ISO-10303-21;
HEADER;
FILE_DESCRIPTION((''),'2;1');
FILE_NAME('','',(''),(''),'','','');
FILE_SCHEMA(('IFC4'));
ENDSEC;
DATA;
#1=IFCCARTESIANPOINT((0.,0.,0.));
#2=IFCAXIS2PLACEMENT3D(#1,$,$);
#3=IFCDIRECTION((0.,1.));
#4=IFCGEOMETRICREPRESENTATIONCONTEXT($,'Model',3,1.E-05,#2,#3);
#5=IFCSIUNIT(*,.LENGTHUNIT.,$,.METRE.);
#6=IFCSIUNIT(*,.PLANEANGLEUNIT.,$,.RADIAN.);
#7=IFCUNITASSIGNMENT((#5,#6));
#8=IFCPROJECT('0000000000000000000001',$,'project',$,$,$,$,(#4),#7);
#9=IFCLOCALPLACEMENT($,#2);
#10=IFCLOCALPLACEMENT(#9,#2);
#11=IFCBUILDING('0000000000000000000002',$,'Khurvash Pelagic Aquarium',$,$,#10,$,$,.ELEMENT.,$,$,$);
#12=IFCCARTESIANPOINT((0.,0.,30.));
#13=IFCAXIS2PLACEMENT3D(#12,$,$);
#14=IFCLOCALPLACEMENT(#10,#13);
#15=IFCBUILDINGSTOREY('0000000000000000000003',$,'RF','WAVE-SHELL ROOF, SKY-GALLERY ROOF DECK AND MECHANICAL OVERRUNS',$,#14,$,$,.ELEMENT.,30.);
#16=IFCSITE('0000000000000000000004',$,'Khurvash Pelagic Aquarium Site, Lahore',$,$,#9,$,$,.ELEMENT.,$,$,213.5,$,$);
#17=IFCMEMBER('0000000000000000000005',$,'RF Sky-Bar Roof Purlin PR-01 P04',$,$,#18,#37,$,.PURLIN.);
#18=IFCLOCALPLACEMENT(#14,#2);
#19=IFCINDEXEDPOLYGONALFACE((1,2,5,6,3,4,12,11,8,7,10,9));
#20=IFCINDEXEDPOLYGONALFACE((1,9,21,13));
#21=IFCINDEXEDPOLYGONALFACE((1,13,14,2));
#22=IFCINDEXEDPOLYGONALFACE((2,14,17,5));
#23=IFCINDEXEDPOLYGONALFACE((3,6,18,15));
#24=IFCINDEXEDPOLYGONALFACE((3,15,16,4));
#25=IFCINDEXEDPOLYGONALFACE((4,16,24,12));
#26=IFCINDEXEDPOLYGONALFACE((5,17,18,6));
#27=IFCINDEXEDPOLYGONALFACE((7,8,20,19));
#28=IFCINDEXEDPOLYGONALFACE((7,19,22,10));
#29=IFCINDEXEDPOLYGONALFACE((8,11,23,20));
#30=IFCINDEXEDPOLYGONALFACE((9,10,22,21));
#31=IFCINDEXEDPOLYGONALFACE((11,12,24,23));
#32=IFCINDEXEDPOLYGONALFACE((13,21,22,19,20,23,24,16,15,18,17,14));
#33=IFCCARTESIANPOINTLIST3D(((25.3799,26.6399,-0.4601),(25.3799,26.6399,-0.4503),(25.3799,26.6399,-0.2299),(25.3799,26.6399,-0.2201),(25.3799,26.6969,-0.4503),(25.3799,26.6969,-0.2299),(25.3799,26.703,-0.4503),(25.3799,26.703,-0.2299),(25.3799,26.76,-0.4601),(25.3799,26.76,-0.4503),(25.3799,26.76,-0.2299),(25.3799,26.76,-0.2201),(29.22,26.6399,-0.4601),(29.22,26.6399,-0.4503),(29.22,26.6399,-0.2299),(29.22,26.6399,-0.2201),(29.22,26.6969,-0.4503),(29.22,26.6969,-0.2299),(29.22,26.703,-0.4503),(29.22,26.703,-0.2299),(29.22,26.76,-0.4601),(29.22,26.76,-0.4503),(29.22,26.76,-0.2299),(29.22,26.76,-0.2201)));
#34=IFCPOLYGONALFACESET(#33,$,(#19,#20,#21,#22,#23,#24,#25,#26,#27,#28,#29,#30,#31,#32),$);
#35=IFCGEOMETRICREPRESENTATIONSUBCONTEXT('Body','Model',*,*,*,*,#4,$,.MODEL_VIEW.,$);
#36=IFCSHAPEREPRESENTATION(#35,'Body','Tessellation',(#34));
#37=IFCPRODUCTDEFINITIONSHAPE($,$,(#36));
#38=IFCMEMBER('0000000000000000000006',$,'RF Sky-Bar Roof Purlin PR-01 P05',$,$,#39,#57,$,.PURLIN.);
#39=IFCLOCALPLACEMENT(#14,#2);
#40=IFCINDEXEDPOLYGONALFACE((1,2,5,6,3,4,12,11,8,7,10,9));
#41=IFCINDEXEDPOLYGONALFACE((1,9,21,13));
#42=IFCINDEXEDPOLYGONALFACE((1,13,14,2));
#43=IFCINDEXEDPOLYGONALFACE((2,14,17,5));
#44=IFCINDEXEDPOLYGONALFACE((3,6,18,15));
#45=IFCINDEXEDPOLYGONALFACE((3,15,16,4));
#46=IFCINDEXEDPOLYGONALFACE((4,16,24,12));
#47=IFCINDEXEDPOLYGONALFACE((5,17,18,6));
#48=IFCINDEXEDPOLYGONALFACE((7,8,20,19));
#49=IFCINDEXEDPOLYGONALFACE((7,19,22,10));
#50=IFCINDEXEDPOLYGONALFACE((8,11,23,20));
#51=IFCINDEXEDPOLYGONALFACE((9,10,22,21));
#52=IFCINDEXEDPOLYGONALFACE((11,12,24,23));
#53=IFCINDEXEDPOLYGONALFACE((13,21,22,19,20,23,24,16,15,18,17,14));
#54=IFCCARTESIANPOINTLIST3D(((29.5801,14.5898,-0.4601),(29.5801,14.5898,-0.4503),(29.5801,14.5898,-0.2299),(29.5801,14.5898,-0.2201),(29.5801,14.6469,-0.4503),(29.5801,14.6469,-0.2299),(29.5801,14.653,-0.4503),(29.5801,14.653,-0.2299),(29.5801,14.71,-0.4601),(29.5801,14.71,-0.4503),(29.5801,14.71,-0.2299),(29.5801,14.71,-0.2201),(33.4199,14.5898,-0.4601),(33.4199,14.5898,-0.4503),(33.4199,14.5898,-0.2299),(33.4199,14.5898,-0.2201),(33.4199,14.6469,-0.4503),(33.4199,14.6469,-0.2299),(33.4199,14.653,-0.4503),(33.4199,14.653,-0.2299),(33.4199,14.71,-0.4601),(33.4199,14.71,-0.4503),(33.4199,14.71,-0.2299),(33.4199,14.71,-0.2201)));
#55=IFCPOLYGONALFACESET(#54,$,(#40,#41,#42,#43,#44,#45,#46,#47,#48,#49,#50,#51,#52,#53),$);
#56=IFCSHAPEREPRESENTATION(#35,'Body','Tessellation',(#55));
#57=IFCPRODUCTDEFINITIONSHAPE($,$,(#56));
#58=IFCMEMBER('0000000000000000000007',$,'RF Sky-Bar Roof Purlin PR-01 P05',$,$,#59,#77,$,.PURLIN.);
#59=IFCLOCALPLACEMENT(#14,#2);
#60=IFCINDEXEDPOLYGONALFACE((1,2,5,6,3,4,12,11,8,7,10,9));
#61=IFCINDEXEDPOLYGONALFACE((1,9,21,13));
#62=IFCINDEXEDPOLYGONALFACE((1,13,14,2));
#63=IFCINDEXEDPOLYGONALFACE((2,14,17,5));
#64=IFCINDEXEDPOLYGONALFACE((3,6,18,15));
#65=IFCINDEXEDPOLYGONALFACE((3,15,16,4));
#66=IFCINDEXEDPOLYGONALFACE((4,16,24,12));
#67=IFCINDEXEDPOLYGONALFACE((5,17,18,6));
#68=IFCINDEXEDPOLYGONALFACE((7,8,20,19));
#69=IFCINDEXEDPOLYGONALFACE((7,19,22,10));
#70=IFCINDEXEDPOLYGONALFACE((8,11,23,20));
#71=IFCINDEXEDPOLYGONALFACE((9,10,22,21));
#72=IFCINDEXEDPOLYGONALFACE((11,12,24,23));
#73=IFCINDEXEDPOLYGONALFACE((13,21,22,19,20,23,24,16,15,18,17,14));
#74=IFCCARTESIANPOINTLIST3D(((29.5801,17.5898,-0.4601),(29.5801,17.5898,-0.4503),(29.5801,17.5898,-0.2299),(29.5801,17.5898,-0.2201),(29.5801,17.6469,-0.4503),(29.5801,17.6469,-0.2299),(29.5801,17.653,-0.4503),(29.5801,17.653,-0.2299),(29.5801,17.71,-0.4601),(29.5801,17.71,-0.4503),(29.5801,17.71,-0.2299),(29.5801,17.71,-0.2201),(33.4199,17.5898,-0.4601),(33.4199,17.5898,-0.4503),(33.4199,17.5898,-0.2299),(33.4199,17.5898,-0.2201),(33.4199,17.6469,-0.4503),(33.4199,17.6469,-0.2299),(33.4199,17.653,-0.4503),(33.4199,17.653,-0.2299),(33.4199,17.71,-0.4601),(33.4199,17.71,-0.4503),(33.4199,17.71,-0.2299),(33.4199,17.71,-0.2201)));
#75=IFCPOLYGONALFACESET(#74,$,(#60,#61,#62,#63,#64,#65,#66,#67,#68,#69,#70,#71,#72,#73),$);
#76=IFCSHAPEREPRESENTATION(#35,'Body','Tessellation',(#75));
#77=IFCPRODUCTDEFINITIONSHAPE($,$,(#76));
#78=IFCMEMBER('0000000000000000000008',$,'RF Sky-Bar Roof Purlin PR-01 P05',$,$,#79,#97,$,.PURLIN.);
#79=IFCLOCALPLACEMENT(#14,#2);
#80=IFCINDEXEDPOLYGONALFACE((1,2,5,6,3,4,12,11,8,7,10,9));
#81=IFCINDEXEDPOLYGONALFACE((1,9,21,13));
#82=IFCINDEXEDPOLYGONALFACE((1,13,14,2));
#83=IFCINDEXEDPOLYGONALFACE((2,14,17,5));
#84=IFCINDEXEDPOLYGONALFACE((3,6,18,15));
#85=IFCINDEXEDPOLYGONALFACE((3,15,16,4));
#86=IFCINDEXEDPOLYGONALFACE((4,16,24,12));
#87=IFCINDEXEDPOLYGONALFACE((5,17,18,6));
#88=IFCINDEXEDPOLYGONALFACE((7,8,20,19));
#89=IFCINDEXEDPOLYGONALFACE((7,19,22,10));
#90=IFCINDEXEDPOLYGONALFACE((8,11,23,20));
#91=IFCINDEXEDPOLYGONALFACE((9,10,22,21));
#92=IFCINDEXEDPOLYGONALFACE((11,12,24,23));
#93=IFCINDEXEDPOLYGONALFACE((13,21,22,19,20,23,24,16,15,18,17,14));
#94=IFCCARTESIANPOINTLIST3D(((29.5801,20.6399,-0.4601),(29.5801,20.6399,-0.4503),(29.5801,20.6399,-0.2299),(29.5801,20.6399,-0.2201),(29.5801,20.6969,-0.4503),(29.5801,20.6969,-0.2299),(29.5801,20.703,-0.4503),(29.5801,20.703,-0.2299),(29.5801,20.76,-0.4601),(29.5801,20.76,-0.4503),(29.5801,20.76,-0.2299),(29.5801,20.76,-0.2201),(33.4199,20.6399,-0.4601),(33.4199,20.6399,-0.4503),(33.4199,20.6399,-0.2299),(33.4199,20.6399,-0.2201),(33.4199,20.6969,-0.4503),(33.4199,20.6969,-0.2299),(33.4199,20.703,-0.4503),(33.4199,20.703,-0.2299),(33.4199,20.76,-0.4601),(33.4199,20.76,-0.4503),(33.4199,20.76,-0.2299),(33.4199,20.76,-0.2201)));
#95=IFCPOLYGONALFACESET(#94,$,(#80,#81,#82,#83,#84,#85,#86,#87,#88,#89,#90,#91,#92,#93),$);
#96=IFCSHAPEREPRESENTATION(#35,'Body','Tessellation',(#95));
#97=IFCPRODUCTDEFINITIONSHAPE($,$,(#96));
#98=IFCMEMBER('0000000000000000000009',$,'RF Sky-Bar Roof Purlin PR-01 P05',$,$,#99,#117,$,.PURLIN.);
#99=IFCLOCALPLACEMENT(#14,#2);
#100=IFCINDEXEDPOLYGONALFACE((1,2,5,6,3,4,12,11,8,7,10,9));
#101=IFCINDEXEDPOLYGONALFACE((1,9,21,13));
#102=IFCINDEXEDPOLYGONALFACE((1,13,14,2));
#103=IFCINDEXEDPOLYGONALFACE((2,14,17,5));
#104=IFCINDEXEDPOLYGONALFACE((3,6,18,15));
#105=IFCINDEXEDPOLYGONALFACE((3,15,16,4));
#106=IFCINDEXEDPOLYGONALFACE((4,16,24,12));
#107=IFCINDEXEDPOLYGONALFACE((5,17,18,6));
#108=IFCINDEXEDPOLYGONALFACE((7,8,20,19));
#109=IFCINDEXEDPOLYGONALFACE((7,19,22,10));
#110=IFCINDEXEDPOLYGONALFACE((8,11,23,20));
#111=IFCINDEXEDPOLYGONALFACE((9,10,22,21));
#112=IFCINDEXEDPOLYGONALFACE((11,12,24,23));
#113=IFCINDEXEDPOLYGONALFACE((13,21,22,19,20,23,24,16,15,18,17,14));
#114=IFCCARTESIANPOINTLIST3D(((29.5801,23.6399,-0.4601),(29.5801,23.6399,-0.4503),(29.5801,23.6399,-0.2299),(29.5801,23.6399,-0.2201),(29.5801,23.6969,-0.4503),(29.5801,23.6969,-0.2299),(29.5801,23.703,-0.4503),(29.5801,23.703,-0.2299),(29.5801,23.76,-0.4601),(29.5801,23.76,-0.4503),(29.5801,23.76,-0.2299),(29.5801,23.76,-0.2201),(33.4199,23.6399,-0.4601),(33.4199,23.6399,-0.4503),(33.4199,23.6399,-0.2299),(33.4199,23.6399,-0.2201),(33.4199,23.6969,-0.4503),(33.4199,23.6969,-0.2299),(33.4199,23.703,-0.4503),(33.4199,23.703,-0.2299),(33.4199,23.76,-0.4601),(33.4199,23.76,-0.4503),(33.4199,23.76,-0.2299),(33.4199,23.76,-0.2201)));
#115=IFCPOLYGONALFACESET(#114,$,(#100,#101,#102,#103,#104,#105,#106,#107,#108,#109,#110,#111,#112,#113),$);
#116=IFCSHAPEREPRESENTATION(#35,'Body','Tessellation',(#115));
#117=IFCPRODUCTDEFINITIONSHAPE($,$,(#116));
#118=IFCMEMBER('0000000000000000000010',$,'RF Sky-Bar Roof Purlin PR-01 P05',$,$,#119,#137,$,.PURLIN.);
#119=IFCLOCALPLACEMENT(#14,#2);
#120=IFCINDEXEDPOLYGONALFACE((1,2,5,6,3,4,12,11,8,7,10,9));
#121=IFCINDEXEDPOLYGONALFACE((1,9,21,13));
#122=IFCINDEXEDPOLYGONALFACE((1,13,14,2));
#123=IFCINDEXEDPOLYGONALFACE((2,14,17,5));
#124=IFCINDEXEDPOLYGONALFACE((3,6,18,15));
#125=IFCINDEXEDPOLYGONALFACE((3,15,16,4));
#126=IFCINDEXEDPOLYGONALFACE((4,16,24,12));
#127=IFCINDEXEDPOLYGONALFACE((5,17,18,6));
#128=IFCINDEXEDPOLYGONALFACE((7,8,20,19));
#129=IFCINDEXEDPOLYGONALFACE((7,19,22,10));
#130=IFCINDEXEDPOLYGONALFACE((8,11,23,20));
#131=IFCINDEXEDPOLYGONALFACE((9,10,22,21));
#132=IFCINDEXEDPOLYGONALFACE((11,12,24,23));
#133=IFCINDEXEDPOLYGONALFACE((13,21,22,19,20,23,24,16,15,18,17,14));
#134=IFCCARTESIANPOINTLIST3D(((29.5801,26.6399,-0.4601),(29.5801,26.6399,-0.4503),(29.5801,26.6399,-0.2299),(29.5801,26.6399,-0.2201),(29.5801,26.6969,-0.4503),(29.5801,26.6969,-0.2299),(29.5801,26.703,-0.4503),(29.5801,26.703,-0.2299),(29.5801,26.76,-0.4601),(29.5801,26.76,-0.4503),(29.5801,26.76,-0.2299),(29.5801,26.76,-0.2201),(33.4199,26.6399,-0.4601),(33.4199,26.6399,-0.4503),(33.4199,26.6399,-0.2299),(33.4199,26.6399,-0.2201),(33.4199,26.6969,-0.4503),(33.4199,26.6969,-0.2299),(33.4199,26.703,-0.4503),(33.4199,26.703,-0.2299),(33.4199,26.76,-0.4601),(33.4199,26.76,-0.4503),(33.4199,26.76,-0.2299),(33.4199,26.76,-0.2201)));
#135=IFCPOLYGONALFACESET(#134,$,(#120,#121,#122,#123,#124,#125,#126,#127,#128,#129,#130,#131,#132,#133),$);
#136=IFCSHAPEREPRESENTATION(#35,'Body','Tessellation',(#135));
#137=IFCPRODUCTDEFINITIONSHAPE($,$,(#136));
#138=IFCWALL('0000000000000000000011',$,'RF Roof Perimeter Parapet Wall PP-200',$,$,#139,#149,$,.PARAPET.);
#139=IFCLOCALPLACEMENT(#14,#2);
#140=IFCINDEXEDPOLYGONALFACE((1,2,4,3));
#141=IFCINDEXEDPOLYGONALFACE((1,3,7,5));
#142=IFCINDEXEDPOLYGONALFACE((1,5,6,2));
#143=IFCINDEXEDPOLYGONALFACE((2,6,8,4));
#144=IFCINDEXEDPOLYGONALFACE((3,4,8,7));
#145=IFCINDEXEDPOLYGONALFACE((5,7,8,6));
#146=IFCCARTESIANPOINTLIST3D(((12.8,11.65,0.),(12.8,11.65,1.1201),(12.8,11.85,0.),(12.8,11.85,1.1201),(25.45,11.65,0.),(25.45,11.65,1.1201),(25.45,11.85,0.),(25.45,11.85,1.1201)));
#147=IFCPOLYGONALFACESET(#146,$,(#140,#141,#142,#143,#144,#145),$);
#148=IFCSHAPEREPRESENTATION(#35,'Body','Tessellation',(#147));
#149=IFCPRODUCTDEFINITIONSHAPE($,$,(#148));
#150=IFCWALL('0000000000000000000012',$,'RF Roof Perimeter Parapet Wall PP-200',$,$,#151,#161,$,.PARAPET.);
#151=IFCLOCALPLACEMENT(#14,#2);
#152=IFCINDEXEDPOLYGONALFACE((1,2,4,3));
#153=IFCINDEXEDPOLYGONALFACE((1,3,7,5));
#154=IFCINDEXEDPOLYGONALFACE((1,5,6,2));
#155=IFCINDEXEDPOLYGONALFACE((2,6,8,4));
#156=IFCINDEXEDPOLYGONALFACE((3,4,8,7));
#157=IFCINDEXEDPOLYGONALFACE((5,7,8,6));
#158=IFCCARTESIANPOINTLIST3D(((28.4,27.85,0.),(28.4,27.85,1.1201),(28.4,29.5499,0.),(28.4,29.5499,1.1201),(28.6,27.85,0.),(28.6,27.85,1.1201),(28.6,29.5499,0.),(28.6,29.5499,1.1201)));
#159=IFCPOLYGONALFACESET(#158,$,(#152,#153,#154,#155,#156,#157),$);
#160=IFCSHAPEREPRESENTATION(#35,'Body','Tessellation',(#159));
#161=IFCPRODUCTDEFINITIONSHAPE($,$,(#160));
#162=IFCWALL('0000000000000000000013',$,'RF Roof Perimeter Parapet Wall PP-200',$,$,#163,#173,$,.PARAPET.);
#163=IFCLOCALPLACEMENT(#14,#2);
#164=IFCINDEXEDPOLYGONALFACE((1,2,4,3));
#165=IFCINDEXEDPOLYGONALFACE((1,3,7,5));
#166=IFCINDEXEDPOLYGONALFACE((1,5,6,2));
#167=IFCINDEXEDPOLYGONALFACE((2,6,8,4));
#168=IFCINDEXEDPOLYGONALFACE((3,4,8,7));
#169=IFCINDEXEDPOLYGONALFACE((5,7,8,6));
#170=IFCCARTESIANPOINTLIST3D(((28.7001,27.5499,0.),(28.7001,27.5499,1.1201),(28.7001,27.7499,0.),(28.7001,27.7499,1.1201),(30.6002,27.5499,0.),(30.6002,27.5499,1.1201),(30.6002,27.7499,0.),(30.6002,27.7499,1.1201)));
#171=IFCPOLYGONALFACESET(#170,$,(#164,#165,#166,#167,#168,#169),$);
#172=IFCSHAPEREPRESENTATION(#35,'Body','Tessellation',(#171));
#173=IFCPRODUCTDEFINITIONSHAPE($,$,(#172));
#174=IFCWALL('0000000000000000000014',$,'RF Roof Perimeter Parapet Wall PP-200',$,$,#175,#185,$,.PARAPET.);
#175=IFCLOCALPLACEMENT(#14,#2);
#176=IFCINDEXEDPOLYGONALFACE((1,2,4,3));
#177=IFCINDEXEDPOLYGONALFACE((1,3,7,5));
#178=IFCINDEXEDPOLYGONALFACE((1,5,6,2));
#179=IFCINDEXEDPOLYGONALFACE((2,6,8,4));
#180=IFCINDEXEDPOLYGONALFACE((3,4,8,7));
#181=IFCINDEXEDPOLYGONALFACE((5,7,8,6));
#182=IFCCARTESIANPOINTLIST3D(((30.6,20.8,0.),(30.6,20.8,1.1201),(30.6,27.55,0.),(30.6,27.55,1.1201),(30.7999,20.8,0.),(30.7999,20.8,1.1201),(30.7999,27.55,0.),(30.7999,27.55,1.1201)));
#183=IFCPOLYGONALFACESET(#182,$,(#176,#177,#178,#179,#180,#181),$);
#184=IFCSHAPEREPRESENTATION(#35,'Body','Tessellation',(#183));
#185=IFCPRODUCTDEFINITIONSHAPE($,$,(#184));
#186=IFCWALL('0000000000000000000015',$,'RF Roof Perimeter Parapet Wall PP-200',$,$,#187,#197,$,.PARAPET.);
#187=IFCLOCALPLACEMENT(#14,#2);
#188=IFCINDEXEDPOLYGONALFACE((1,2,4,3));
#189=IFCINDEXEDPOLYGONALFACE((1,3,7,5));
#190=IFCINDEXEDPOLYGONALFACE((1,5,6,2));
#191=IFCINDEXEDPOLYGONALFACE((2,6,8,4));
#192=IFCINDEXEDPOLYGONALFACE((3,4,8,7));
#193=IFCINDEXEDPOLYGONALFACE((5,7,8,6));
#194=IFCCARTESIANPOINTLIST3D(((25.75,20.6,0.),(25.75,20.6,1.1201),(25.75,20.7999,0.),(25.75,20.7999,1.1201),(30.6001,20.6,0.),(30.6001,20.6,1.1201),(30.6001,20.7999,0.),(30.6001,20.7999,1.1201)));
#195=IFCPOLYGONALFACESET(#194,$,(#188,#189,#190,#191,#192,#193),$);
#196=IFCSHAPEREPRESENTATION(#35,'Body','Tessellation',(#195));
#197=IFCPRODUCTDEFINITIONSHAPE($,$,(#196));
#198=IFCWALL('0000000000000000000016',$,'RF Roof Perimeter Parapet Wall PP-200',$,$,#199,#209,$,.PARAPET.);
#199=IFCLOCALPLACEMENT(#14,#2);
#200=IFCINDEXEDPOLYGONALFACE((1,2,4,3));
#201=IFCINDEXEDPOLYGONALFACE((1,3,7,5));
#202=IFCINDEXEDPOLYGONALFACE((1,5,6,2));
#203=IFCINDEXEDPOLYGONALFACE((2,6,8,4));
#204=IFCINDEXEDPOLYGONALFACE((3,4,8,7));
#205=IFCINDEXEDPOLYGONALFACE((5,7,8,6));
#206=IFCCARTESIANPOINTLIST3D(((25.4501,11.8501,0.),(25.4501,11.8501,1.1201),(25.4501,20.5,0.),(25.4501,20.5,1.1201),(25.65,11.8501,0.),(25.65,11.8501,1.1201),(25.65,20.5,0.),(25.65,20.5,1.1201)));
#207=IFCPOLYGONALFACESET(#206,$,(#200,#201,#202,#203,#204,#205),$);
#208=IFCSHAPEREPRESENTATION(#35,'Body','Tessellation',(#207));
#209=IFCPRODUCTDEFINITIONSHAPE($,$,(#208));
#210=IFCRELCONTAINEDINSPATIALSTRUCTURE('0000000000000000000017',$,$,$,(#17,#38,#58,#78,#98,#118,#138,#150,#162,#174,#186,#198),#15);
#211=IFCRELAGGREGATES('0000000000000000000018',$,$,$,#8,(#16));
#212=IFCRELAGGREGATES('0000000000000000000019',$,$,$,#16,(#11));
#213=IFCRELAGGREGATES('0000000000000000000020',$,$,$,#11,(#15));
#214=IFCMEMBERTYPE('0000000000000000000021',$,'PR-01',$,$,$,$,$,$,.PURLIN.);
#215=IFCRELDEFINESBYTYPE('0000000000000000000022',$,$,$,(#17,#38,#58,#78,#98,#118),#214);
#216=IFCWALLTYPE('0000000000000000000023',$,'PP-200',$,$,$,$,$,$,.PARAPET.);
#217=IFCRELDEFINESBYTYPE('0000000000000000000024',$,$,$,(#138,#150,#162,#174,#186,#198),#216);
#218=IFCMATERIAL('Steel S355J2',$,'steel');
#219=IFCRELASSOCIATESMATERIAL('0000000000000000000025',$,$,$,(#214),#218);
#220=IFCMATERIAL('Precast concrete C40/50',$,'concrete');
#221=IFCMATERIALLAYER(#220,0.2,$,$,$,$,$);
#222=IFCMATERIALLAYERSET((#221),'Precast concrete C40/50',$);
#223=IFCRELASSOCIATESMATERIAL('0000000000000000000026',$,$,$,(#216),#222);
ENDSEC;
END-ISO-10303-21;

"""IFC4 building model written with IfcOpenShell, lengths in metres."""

from ifc_helpers import new_model, si_unit, direction, frame, frame_2d, origin, origin_2d, place, context, subcontext, project, spatial, rectangle, i_section, extrude, material, layer, layer_set, material_profile, profile_set, type_object, element, save


model = new_model("IFC4")

# Units and contexts
model_context = context("Model", 3, precision=1e-05, world=origin(), true_north=direction((0.0, 1.0)))
body_context = subcontext(model_context, "Body", "Model", "MODEL_VIEW")
ifc_project = project(units=[si_unit("LENGTHUNIT", "METRE"), si_unit("PLANEANGLEUNIT", "RADIAN")], contexts=[model_context])

# Site, building, storey
site_placement = place(None, origin())
site = spatial("IfcSite", under=ifc_project, at=site_placement, Name="Khurvash Pelagic Aquarium Site, Lahore", CompositionType="ELEMENT", RefElevation=213.5)
building_placement = place(site_placement, origin())
building = spatial("IfcBuilding", under=site, at=building_placement, Name="Khurvash Pelagic Aquarium", CompositionType="ELEMENT")
storey_placement = place(building_placement, frame((0.0, 0.0, 30.0)))
storey = spatial("IfcBuildingStorey", under=building, at=storey_placement, Name="RF", Description="WAVE-SHELL ROOF, SKY-GALLERY ROOF DECK AND MECHANICAL OVERRUNS", CompositionType="ELEMENT", Elevation=30.0)

# Members
ifc_material_1 = material(Name="Steel S355J2", Category="steel")
ifc_material_profile_1 = material_profile(ifc_material_1, i_section(OverallWidth=0.1201, OverallDepth=0.24, WebThickness=0.0061, FlangeThickness=0.0098, at=origin_2d()), Name="IPE240")
ifc_profile_set_1 = profile_set([ifc_material_profile_1], Name="Steel S355J2")
member_type = type_object("IfcMemberType", Name="PR-01", PredefinedType="PURLIN", material=ifc_profile_set_1)
for number, where, z_axis, x_axis, name in (
    (1, (25.3799, 26.7, -0.3401), (1.0, 0.0, 0.0), (0.0, 1.0, 0.0), "RF Sky-Bar Roof Purlin PR-01 P04"),
):
    element("IfcMember", number, at=place(storey_placement, frame(where, z_axis=z_axis, x_axis=x_axis)), inside=storey, type_object=member_type, Name=name, PredefinedType="PURLIN", context=body_context, shape_type="SweptSolid", body=[
        extrude(i_section(OverallWidth=0.1201, OverallDepth=0.24, WebThickness=0.0061, FlangeThickness=0.0098, at=origin_2d()), origin(), (0.0, 0.0, 1.0), 3.8401),
    ])
for number, where, z_axis, x_axis, name in (
    (2, (29.5801, 14.6499, -0.3401), (1.0, 0.0, 0.0), (0.0, 1.0, 0.0), "RF Sky-Bar Roof Purlin PR-01 P05"),
    (3, (29.5801, 17.6499, -0.3401), (1.0, 0.0, 0.0), (0.0, 1.0, 0.0), "RF Sky-Bar Roof Purlin PR-01 P05"),
    (4, (29.5801, 20.7, -0.3401), (1.0, 0.0, 0.0), (0.0, 1.0, 0.0), "RF Sky-Bar Roof Purlin PR-01 P05"),
    (5, (29.5801, 23.7, -0.3401), (1.0, 0.0, 0.0), (0.0, 1.0, 0.0), "RF Sky-Bar Roof Purlin PR-01 P05"),
    (6, (29.5801, 26.7, -0.3401), (1.0, 0.0, 0.0), (0.0, 1.0, 0.0), "RF Sky-Bar Roof Purlin PR-01 P05"),
):
    element("IfcMember", number, at=place(storey_placement, frame(where, z_axis=z_axis, x_axis=x_axis)), inside=storey, type_object=member_type, Name=name, PredefinedType="PURLIN", context=body_context, shape_type="SweptSolid", body=[
        extrude(i_section(OverallWidth=0.1201, OverallDepth=0.24, WebThickness=0.0061, FlangeThickness=0.0098, at=origin_2d()), origin(), (0.0, 0.0, 1.0), 3.8398),
    ])

# Walls
ifc_material_2 = material(Name="Precast concrete C40/50", Category="concrete")
ifc_layer = layer(ifc_material_2, 0.2)
ifc_layer_set = layer_set([ifc_layer], Name="Precast concrete C40/50")
wall_type = type_object("IfcWallType", Name="PP-200", PredefinedType="PARAPET", material=ifc_layer_set)
wall_1_placement = place(storey_placement, frame((25.45, 11.75, 0.0), z_axis=(0.0, 0.0, 1.0), x_axis=(-1.0, 0.0, 0.0)))
element("IfcWall", 7, at=wall_1_placement, inside=storey, type_object=wall_type, Name="RF Roof Perimeter Parapet Wall PP-200", PredefinedType="PARAPET", context=body_context, shape_type="SweptSolid", body=[
    extrude(rectangle(XDim=12.6499, YDim=0.2, at=frame_2d((6.325, 0.0))), origin(), (0.0, 0.0, 1.0), 1.1201),
])
wall_2_placement = place(storey_placement, frame((28.5, 29.55, 0.0), z_axis=(0.0, 0.0, 1.0), x_axis=(0.0, -1.0, 0.0)))
element("IfcWall", 8, at=wall_2_placement, inside=storey, type_object=wall_type, Name="RF Roof Perimeter Parapet Wall PP-200", PredefinedType="PARAPET", context=body_context, shape_type="SweptSolid", body=[
    extrude(rectangle(XDim=1.7, YDim=0.2, at=frame_2d((0.8501, 0.0))), origin(), (0.0, 0.0, 1.0), 1.1201),
])
wall_3_placement = place(storey_placement, frame((28.7, 27.6499, 0.0), z_axis=(0.0, 0.0, 1.0), x_axis=(1.0, 0.0, 0.0)))
element("IfcWall", 9, at=wall_3_placement, inside=storey, type_object=wall_type, Name="RF Roof Perimeter Parapet Wall PP-200", PredefinedType="PARAPET", context=body_context, shape_type="SweptSolid", body=[
    extrude(rectangle(XDim=1.9001, YDim=0.2, at=frame_2d((0.9502, 0.0))), origin(), (0.0, 0.0, 1.0), 1.1201),
])
wall_4_placement = place(storey_placement, frame((30.7, 27.55, 0.0), z_axis=(0.0, 0.0, 1.0), x_axis=(0.0, -1.0, 0.0)))
element("IfcWall", 10, at=wall_4_placement, inside=storey, type_object=wall_type, Name="RF Roof Perimeter Parapet Wall PP-200", PredefinedType="PARAPET", context=body_context, shape_type="SweptSolid", body=[
    extrude(rectangle(XDim=6.75, YDim=0.2, at=frame_2d((3.375, 0.0))), origin(), (0.0, 0.0, 1.0), 1.1201),
])
wall_5_placement = place(storey_placement, frame((30.6001, 20.7, 0.0), z_axis=(0.0, 0.0, 1.0), x_axis=(-1.0, 0.0, 0.0)))
element("IfcWall", 11, at=wall_5_placement, inside=storey, type_object=wall_type, Name="RF Roof Perimeter Parapet Wall PP-200", PredefinedType="PARAPET", context=body_context, shape_type="SweptSolid", body=[
    extrude(rectangle(XDim=4.8501, YDim=0.2, at=frame_2d((2.425, 0.0))), origin(), (0.0, 0.0, 1.0), 1.1201),
])
for number, where, z_axis, x_axis, name in (
    (12, (25.55, 20.5, 0.0), (0.0, 0.0, 1.0), (0.0, -1.0, 0.0), "RF Roof Perimeter Parapet Wall PP-200"),
):
    element("IfcWall", number, at=place(storey_placement, frame(where, z_axis=z_axis, x_axis=x_axis)), inside=storey, type_object=wall_type, Name=name, PredefinedType="PARAPET", context=body_context, shape_type="SweptSolid", body=[
        extrude(rectangle(XDim=8.6499, YDim=0.2, at=frame_2d((4.325, 0.0))), origin(), (0.0, 0.0, 1.0), 1.1201),
    ])

save(model, "model.ifc")
